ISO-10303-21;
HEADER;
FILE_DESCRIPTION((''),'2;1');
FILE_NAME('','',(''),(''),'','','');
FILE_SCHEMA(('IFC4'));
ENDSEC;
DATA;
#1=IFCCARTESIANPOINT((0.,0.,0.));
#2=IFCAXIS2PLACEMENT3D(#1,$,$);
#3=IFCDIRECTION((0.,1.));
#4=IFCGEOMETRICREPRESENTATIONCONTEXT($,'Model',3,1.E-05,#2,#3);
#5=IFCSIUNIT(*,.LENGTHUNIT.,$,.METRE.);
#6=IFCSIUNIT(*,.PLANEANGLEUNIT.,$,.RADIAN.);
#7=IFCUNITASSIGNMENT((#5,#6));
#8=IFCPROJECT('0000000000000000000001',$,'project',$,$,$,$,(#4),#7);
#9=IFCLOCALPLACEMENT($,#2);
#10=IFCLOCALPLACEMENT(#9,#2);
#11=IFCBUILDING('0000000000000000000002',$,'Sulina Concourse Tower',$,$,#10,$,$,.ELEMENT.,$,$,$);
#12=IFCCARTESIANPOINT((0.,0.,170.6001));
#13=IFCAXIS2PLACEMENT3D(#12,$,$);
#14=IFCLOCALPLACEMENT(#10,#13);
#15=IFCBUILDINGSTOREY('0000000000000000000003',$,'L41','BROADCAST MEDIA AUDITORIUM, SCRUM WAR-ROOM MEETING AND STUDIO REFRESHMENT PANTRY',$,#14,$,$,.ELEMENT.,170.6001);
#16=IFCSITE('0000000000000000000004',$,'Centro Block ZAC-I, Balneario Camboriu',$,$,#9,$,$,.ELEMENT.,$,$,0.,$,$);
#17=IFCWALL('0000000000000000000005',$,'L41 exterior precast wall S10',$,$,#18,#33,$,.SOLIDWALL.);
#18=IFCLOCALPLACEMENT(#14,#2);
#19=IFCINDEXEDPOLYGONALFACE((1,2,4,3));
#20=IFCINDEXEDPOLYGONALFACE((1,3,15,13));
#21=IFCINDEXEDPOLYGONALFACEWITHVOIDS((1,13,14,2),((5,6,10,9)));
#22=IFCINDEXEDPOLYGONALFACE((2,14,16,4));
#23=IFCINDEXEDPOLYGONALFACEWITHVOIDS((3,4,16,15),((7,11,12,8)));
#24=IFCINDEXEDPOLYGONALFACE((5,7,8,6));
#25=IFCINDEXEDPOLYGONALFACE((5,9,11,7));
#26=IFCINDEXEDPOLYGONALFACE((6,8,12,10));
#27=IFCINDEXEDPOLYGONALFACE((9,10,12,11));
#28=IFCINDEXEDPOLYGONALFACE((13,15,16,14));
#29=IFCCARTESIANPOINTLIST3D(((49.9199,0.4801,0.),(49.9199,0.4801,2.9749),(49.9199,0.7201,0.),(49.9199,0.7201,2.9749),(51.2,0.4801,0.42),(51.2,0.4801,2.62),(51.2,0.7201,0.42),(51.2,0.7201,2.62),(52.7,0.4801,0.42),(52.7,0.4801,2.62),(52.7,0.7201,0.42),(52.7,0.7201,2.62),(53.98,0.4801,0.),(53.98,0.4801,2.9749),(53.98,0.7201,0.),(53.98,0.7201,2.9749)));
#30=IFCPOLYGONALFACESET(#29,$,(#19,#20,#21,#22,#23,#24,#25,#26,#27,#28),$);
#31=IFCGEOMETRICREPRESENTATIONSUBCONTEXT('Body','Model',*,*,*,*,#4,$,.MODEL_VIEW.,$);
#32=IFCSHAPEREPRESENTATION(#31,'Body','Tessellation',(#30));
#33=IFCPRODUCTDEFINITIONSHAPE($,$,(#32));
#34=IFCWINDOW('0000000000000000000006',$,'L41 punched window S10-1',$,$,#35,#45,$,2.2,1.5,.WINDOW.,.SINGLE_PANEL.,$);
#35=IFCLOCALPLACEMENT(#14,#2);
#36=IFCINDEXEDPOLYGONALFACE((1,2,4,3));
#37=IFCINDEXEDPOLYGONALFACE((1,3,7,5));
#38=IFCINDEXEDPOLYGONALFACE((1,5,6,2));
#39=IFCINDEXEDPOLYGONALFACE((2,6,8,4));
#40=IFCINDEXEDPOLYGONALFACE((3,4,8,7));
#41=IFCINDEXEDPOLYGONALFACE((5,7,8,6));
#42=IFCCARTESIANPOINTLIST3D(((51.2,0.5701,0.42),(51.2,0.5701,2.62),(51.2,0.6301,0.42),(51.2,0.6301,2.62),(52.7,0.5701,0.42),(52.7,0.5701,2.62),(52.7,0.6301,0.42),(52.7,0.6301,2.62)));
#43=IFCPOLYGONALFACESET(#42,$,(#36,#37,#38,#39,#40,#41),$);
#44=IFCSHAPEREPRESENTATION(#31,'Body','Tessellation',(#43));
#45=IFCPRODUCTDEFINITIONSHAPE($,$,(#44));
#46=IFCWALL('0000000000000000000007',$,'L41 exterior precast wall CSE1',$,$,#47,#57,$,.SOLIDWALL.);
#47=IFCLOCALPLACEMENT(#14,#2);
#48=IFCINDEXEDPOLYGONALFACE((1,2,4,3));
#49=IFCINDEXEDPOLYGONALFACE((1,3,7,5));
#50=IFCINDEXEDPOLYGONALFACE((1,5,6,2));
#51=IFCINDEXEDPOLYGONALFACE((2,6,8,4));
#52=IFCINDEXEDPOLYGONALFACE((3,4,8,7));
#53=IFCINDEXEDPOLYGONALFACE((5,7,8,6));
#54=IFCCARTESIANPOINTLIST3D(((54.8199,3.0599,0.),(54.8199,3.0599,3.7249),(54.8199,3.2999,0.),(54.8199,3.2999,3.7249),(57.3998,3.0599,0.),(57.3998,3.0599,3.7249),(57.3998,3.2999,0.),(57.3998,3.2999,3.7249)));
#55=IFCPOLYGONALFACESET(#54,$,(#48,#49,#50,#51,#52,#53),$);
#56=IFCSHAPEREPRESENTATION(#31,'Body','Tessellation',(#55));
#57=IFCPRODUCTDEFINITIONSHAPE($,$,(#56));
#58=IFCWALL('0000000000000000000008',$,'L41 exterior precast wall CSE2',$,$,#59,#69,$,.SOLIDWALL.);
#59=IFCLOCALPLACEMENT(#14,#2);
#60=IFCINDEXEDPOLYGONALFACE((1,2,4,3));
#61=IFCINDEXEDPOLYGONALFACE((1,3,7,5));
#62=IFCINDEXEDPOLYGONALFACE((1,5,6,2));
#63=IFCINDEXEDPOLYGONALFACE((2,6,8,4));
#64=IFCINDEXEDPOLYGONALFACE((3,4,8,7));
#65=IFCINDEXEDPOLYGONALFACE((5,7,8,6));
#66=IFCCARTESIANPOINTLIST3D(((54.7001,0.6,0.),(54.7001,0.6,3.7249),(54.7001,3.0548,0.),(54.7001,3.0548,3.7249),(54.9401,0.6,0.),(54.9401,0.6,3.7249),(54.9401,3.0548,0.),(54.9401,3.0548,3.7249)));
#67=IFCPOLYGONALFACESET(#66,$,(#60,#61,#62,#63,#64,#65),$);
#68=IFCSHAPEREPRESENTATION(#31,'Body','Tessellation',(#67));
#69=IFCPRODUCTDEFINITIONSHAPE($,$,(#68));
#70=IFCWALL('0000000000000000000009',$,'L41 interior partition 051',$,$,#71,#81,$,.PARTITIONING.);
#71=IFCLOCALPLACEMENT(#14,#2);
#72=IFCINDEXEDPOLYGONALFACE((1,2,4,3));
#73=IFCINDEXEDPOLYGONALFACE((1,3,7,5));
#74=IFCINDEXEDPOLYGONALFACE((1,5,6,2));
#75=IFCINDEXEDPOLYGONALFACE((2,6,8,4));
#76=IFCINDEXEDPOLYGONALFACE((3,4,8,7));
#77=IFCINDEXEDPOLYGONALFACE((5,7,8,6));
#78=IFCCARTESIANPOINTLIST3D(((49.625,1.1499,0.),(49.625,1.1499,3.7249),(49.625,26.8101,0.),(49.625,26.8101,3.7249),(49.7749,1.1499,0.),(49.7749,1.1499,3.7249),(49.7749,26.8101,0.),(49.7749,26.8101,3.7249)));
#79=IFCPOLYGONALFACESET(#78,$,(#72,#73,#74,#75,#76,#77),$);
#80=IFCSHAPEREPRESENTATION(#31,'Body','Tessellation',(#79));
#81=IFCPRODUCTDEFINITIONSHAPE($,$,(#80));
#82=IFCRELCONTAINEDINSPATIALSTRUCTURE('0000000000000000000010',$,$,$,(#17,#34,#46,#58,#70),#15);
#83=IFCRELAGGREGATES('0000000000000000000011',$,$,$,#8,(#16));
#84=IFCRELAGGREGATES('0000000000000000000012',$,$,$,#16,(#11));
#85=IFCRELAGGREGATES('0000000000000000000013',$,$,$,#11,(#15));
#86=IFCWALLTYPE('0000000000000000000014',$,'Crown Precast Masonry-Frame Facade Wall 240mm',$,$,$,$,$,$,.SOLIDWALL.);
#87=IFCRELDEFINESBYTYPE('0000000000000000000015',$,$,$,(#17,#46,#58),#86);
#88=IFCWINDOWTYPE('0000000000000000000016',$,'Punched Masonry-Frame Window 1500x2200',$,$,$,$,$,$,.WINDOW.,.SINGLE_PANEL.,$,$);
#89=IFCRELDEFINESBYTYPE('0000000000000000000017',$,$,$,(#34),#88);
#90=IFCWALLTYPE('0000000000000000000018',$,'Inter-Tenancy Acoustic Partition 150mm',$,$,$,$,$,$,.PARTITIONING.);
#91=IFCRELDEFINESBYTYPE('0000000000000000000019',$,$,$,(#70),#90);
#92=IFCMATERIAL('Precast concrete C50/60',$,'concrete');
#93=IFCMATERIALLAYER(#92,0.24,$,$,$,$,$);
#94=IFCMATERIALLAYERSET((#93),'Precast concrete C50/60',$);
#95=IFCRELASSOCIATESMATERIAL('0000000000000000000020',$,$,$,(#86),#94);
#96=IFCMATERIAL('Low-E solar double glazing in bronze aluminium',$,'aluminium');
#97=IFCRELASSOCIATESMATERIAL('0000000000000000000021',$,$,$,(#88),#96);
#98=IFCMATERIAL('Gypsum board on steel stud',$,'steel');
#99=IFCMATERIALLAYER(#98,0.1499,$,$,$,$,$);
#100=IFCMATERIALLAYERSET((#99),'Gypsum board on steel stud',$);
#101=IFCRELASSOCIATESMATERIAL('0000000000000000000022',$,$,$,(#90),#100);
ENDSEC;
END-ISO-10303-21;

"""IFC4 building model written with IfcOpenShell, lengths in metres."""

from ifc_helpers import new_model, si_unit, direction, frame, frame_2d, origin, place, context, subcontext, project, spatial, rectangle, extrude, material, layer, layer_set, type_object, element, fill, save


model = new_model("IFC4")

# Units and contexts
model_context = context("Model", 3, precision=1e-05, world=origin(), true_north=direction((0.0, 1.0)))
body_context = subcontext(model_context, "Body", "Model", "MODEL_VIEW")
ifc_project = project(units=[si_unit("LENGTHUNIT", "METRE"), si_unit("PLANEANGLEUNIT", "RADIAN")], contexts=[model_context])

# Site, building, storey
site_placement = place(None, origin())
site = spatial("IfcSite", under=ifc_project, at=site_placement, Name="Centro Block ZAC-I, Balneario Camboriu", CompositionType="ELEMENT", RefElevation=0.0)
building_placement = place(site_placement, origin())
building = spatial("IfcBuilding", under=site, at=building_placement, Name="Sulina Concourse Tower", CompositionType="ELEMENT")
storey_placement = place(building_placement, frame((0.0, 0.0, 170.6001)))
storey = spatial("IfcBuildingStorey", under=building, at=storey_placement, Name="L41", Description="BROADCAST MEDIA AUDITORIUM, SCRUM WAR-ROOM MEETING AND STUDIO REFRESHMENT PANTRY", CompositionType="ELEMENT", Elevation=170.6001)

# Shared definitions
ifc_material_1 = material(Name="Precast concrete C50/60", Category="concrete")
ifc_layer_1 = layer(ifc_material_1, 0.24)
ifc_layer_set_1 = layer_set([ifc_layer_1], Name="Precast concrete C50/60")
wall_type_1 = type_object("IfcWallType", Name="Crown Precast Masonry-Frame Facade Wall 240mm", PredefinedType="SOLIDWALL", material=ifc_layer_set_1)

# Wall, opening, window
wall_1_placement = place(storey_placement, frame((53.98, 0.6001, 0.0), z_axis=(0.0, 0.0, 1.0), x_axis=(-1.0, 0.0, 0.0)))
wall_1 = element("IfcWall", 1, at=wall_1_placement, inside=storey, type_object=wall_type_1, Name="L41 exterior precast wall S10", PredefinedType="SOLIDWALL", context=body_context, shape_type="SweptSolid", body=[
    extrude(rectangle(XDim=4.0601, YDim=0.24, at=frame_2d((2.03, 0.0))), origin(), (0.0, 0.0, 1.0), 2.9749),
])
opening_placement = place(wall_1_placement, frame((1.28, 0.0, 0.4199)))
opening = element("IfcOpeningElement", 2, at=opening_placement, cuts=wall_1, PredefinedType="OPENING", context=body_context, shape_type="SweptSolid", body=[
    extrude(rectangle(XDim=1.5, YDim=2.2, at=frame_2d((0.75, 1.1001))), frame((0.0, 0.1299, 0.0), z_axis=(0.0, -1.0, 0.0), x_axis=(1.0, 0.0, 0.0)), (0.0, 0.0, 1.0), 0.26),
])
ifc_material_2 = material(Name="Low-E solar double glazing in bronze aluminium", Category="aluminium")
window_type = type_object("IfcWindowType", Name="Punched Masonry-Frame Window 1500x2200", PartitioningType="SINGLE_PANEL", PredefinedType="WINDOW", material=ifc_material_2)
window_placement = place(opening_placement, origin())
window = element("IfcWindow", 3, at=window_placement, inside=storey, type_object=window_type, Name="L41 punched window S10-1", OverallHeight=2.2, OverallWidth=1.5, PartitioningType="SINGLE_PANEL", PredefinedType="WINDOW", context=body_context, shape_type="SweptSolid", body=[
    extrude(rectangle(XDim=1.5, YDim=2.2, at=frame_2d((0.75, 1.1001))), frame((0.0, 0.03, 0.0), z_axis=(0.0, -1.0, 0.0), x_axis=(1.0, 0.0, 0.0)), (0.0, 0.0, 1.0), 0.0601),
])
fill(opening, window)

# Walls
wall_2_placement = place(storey_placement, frame((57.3999, 3.1799, 0.0), z_axis=(0.0, 0.0, 1.0), x_axis=(-1.0, 0.0, 0.0)))
element("IfcWall", 4, at=wall_2_placement, inside=storey, type_object=wall_type_1, Name="L41 exterior precast wall CSE1", PredefinedType="SOLIDWALL", context=body_context, shape_type="SweptSolid", body=[
    extrude(rectangle(XDim=2.5798, YDim=0.24, at=frame_2d((1.29, 0.0))), origin(), (0.0, 0.0, 1.0), 3.7249),
])
wall_3_placement = place(storey_placement, frame((54.8201, 3.0549, 0.0), z_axis=(0.0, 0.0, 1.0), x_axis=(0.0, -1.0, 0.0)))
element("IfcWall", 5, at=wall_3_placement, inside=storey, type_object=wall_type_1, Name="L41 exterior precast wall CSE2", PredefinedType="SOLIDWALL", context=body_context, shape_type="SweptSolid", body=[
    extrude(rectangle(XDim=2.4548, YDim=0.24, at=frame_2d((1.2275, 0.0))), origin(), (0.0, 0.0, 1.0), 3.7249),
])
ifc_material_3 = material(Name="Gypsum board on steel stud", Category="steel")
ifc_layer_2 = layer(ifc_material_3, 0.1499)
ifc_layer_set_2 = layer_set([ifc_layer_2], Name="Gypsum board on steel stud")
wall_type_2 = type_object("IfcWallType", Name="Inter-Tenancy Acoustic Partition 150mm", PredefinedType="PARTITIONING", material=ifc_layer_set_2)
wall_4_placement = place(storey_placement, frame((49.7, 1.1499, 0.0), z_axis=(0.0, 0.0, 1.0), x_axis=(0.0, 1.0, 0.0)))
element("IfcWall", 6, at=wall_4_placement, inside=storey, type_object=wall_type_2, Name="L41 interior partition 051", PredefinedType="PARTITIONING", context=body_context, shape_type="SweptSolid", body=[
    extrude(rectangle(XDim=25.6602, YDim=0.1499, at=frame_2d((12.8301, 0.0))), origin(), (0.0, 0.0, 1.0), 3.7249),
])

save(model, "model.ifc")
